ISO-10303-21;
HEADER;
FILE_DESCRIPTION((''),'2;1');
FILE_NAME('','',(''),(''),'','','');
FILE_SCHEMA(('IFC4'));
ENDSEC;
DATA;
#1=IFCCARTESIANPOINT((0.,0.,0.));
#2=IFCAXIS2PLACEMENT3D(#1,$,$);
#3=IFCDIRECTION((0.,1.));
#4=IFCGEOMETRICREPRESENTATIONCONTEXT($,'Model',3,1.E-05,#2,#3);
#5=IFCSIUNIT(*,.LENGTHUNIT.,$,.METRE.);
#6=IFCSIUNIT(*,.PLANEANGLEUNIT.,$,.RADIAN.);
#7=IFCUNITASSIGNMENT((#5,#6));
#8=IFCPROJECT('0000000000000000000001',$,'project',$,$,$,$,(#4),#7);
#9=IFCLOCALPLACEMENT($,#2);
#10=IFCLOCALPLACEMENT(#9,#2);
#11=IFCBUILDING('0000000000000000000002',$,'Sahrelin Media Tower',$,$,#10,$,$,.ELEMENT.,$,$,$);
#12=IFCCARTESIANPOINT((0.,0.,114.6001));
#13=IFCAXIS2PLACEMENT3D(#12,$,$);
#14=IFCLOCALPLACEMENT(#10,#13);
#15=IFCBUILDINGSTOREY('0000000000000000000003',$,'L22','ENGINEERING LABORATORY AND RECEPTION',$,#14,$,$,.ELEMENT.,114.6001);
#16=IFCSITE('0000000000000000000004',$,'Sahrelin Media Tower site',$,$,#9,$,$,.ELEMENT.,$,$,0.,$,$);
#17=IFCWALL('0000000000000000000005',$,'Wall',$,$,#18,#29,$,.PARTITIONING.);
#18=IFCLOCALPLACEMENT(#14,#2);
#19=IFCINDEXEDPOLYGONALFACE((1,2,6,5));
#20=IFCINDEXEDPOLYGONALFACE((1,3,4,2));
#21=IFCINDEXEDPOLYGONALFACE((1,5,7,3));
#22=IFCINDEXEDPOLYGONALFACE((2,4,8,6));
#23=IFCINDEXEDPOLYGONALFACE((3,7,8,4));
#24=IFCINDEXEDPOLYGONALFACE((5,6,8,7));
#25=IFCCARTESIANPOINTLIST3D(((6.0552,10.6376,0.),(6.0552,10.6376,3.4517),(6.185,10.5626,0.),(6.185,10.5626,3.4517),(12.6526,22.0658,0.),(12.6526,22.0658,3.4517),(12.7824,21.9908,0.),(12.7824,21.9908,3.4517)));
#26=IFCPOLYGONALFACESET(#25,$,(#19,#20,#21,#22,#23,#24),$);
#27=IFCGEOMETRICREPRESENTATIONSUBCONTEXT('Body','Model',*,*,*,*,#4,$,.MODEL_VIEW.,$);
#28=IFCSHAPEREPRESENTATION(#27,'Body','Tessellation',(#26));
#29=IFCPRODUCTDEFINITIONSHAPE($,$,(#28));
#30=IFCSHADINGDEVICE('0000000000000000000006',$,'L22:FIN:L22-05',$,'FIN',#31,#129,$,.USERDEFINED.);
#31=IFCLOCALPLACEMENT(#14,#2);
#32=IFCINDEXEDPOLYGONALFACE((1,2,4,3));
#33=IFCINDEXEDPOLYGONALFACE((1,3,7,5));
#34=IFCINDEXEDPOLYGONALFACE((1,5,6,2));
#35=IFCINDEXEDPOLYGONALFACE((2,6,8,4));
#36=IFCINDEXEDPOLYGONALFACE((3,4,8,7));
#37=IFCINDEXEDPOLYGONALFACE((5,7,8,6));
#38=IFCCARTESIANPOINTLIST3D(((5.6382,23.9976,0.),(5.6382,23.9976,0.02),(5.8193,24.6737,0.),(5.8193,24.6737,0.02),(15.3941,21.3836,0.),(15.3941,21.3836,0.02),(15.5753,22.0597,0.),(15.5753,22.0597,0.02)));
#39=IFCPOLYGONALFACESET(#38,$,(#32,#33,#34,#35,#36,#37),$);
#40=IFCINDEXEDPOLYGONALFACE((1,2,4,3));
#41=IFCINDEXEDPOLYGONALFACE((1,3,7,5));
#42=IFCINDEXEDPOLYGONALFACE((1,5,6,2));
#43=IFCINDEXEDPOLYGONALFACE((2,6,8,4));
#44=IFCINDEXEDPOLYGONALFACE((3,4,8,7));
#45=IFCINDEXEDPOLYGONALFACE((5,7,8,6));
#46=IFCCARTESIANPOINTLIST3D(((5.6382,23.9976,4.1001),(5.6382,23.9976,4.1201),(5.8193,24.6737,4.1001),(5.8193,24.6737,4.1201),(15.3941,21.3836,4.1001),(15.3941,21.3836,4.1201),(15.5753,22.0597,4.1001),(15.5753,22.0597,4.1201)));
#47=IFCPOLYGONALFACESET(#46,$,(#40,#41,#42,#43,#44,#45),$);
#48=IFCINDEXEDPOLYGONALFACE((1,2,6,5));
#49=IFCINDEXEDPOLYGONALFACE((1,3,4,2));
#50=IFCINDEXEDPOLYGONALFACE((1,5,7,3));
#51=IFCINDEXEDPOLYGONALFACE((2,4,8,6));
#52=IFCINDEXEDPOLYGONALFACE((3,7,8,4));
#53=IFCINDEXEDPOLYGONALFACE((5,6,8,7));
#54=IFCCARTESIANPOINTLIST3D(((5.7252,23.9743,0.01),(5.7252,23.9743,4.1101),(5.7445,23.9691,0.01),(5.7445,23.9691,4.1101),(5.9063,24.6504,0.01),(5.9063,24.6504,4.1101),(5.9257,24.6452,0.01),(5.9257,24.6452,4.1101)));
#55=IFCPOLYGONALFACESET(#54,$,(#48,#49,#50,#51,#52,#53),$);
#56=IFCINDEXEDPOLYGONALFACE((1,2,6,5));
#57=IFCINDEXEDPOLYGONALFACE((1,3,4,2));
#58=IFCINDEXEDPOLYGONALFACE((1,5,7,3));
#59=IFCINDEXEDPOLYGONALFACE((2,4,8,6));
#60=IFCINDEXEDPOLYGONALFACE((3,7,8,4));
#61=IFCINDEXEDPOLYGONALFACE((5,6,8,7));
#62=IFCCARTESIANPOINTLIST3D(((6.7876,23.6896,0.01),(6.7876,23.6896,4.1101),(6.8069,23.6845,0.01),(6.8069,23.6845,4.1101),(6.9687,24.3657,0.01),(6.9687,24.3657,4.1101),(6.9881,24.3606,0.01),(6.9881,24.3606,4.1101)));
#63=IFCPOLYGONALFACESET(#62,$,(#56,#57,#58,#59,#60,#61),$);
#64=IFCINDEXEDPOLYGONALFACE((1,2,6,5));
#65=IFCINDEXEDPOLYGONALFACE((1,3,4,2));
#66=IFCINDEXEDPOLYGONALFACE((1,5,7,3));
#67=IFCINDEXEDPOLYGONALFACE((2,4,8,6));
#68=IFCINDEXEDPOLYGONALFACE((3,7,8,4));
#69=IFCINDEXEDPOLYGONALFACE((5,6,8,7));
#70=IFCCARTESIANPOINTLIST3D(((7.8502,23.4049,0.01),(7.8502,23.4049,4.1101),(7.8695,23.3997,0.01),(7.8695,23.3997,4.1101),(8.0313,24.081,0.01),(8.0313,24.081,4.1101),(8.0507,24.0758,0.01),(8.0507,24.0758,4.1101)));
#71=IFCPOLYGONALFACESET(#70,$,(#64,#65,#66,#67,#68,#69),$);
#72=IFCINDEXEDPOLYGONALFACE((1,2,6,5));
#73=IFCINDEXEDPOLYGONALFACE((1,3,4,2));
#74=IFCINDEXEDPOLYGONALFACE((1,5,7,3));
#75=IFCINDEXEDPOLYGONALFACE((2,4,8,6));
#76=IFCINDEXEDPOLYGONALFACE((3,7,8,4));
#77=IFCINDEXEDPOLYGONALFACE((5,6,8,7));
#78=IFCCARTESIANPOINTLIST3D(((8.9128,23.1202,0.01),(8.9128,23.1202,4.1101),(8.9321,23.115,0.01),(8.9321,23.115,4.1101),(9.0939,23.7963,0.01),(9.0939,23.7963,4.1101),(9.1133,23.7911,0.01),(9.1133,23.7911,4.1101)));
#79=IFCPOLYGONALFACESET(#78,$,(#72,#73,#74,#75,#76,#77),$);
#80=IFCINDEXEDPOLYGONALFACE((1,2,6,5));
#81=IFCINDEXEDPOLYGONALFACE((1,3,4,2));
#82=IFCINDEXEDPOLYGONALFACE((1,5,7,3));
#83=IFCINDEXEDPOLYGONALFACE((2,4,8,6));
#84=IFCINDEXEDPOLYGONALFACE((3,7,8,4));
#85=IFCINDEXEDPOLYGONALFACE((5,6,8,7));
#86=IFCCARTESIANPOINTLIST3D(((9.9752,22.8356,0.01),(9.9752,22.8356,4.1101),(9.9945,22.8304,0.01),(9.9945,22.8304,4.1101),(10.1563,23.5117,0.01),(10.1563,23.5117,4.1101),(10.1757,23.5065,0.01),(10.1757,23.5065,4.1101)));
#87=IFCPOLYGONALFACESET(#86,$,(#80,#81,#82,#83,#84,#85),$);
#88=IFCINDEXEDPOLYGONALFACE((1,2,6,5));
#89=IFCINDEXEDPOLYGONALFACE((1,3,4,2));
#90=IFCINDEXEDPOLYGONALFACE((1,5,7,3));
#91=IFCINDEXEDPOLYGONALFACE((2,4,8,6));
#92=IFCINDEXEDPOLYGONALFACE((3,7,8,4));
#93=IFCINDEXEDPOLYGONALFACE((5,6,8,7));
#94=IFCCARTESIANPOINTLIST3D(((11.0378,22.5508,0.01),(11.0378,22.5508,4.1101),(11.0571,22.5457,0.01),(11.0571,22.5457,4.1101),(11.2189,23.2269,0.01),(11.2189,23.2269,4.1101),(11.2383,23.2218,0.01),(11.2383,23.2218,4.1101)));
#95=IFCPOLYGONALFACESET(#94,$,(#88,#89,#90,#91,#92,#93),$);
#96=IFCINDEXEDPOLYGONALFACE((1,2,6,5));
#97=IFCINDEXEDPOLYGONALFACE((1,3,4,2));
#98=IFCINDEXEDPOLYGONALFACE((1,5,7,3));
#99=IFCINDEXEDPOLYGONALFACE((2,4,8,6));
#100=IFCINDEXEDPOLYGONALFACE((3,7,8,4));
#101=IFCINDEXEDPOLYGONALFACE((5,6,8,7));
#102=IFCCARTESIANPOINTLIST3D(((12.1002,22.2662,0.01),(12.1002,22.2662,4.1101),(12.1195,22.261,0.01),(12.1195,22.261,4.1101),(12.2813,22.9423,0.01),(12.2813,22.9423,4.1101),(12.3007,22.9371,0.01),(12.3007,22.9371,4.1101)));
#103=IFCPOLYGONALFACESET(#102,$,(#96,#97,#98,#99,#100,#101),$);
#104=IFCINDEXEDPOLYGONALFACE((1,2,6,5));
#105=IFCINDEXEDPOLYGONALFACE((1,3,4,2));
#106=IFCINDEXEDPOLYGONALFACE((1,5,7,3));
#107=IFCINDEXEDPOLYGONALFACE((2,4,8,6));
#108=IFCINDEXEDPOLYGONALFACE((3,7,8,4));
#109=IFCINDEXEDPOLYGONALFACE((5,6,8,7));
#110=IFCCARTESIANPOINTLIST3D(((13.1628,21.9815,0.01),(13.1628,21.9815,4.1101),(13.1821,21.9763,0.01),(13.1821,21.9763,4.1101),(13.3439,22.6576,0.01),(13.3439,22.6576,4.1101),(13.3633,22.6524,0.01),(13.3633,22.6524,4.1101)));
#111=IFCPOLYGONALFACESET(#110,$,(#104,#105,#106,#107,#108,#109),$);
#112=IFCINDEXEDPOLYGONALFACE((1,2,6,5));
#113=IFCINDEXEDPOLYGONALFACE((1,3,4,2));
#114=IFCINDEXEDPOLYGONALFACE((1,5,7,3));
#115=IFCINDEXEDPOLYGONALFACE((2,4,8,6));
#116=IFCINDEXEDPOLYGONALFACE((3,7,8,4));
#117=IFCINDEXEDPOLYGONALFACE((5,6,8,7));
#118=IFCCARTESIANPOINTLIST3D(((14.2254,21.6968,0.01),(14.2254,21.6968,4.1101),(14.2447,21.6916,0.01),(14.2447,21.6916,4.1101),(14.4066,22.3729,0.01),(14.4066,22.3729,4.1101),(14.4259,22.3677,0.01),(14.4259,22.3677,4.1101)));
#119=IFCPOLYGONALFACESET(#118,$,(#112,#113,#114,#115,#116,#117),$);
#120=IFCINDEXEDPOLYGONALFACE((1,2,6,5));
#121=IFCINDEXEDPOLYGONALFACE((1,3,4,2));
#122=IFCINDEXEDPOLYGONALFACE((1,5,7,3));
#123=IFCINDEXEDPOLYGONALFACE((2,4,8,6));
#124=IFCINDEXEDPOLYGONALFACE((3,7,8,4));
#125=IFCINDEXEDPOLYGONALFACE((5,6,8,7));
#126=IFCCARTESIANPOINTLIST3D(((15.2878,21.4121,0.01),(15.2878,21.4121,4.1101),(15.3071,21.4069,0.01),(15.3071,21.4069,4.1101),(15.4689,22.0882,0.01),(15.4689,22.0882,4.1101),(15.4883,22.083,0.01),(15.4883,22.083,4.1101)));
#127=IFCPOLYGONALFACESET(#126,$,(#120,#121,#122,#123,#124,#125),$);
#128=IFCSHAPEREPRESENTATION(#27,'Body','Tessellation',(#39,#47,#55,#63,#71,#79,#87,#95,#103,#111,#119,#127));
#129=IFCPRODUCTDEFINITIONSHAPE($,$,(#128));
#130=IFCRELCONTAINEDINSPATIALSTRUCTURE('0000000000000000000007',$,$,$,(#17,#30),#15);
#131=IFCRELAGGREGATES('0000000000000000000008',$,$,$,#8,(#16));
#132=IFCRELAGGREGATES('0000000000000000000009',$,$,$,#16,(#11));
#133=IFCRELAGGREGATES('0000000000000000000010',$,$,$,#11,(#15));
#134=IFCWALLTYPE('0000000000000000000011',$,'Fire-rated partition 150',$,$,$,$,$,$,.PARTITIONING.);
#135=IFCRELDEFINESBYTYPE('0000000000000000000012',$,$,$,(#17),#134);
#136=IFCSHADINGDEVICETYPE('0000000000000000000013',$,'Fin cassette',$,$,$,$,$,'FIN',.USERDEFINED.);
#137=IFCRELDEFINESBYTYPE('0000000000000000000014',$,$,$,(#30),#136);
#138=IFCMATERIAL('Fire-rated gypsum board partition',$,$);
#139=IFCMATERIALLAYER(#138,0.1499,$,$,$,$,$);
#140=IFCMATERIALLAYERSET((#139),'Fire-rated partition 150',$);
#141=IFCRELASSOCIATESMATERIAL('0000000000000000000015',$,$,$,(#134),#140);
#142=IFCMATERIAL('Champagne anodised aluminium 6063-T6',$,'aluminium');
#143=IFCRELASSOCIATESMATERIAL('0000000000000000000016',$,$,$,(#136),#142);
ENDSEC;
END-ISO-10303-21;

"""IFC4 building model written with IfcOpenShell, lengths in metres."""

from ifc_helpers import new_model, si_unit, direction, frame, frame_2d, origin, origin_2d, place, context, subcontext, project, spatial, rectangle, extrude, material, layer, layer_set, type_object, element, save


model = new_model("IFC4")

# Units and contexts
model_context = context("Model", 3, precision=1e-05, world=origin(), true_north=direction((0.0, 1.0)))
body_context = subcontext(model_context, "Body", "Model", "MODEL_VIEW")
ifc_project = project(units=[si_unit("LENGTHUNIT", "METRE"), si_unit("PLANEANGLEUNIT", "RADIAN")], contexts=[model_context])

# Site, building, storey
site_placement = place(None, origin())
site = spatial("IfcSite", under=ifc_project, at=site_placement, Name="Sahrelin Media Tower site", CompositionType="ELEMENT", RefElevation=0.0)
building_placement = place(site_placement, origin())
building = spatial("IfcBuilding", under=site, at=building_placement, Name="Sahrelin Media Tower", CompositionType="ELEMENT")
storey_placement = place(building_placement, frame((0.0, 0.0, 114.6001)))
storey = spatial("IfcBuildingStorey", under=building, at=storey_placement, Name="L22", Description="ENGINEERING LABORATORY AND RECEPTION", CompositionType="ELEMENT", Elevation=114.6001)

# Shared definitions
ifc_material_1 = material(Name="Champagne anodised aluminium 6063-T6", Category="aluminium")

# Wall
ifc_material_2 = material(Name="Fire-rated gypsum board partition")
ifc_layer_1 = layer(ifc_material_2, 0.1499)
ifc_layer_set_1 = layer_set([ifc_layer_1], Name="Fire-rated partition 150")
wall_type = type_object("IfcWallType", Name="Fire-rated partition 150", PredefinedType="PARTITIONING", material=ifc_layer_set_1)
wall_placement = place(storey_placement, frame((6.1201, 10.6001, 0.0), z_axis=(0.0, 0.0, 1.0), x_axis=(0.499962, 0.866048, 0.0)))
element("IfcWall", 1, at=wall_placement, inside=storey, type_object=wall_type, Name="Wall", PredefinedType="PARTITIONING", context=body_context, shape_type="SweptSolid", body=[
    extrude(rectangle(XDim=13.1958, YDim=0.1499, at=frame_2d((6.5979, 0.0))), origin(), (0.0, 0.0, 1.0), 3.4517),
])

# Shading device
shading_device_type_1 = type_object("IfcShadingDeviceType", Name="Fin cassette", ElementType="FIN", PredefinedType="USERDEFINED", material=ifc_material_1)
placement_1 = place(storey_placement, frame((10.498, 22.623, 0.0), z_axis=(0.0, 0.0, 1.0), x_axis=(0.965929, -0.258808, 0.0)))
element("IfcShadingDevice", 2, at=placement_1, inside=storey, type_object=shading_device_type_1, Name="L22:FIN:L22-05", ObjectType="FIN", PredefinedType="USERDEFINED", context=body_context, shape_type="SweptSolid", body=[
    extrude(rectangle(XDim=10.1001, YDim=0.7, at=origin_2d()), frame((0.0, 0.4199, 0.0)), (0.0, 0.0, 1.0), 0.02),
    extrude(rectangle(XDim=10.1001, YDim=0.7, at=origin_2d()), frame((0.0, 0.4199, 4.1001)), (0.0, 0.0, 1.0), 0.02),
    extrude(rectangle(XDim=0.02, YDim=0.7, at=origin_2d()), frame((-4.95, 0.4199, 0.01), z_axis=(0.0, 0.0, 1.0), x_axis=(1.0, 0.0, 0.0)), (0.0, 0.0, 1.0), 4.1001),
    extrude(rectangle(XDim=0.02, YDim=0.7, at=origin_2d()), frame((-3.8501, 0.4199, 0.01), z_axis=(0.0, 0.0, 1.0), x_axis=(1.0, 0.0, 0.0)), (0.0, 0.0, 1.0), 4.1001),
    extrude(rectangle(XDim=0.02, YDim=0.7, at=origin_2d()), frame((-2.75, 0.4199, 0.01), z_axis=(0.0, 0.0, 1.0), x_axis=(1.0, 0.0, 0.0)), (0.0, 0.0, 1.0), 4.1001),
    extrude(rectangle(XDim=0.02, YDim=0.7, at=origin_2d()), frame((-1.6499, 0.4199, 0.01), z_axis=(0.0, 0.0, 1.0), x_axis=(1.0, 0.0, 0.0)), (0.0, 0.0, 1.0), 4.1001),
    extrude(rectangle(XDim=0.02, YDim=0.7, at=origin_2d()), frame((-0.55, 0.4199, 0.01), z_axis=(0.0, 0.0, 1.0), x_axis=(1.0, 0.0, 0.0)), (0.0, 0.0, 1.0), 4.1001),
    extrude(rectangle(XDim=0.02, YDim=0.7, at=origin_2d()), frame((0.55, 0.4199, 0.01), z_axis=(0.0, 0.0, 1.0), x_axis=(1.0, 0.0, 0.0)), (0.0, 0.0, 1.0), 4.1001),
    extrude(rectangle(XDim=0.02, YDim=0.7, at=origin_2d()), frame((1.6499, 0.4199, 0.01), z_axis=(0.0, 0.0, 1.0), x_axis=(1.0, 0.0, 0.0)), (0.0, 0.0, 1.0), 4.1001),
    extrude(rectangle(XDim=0.02, YDim=0.7, at=origin_2d()), frame((2.75, 0.4199, 0.01), z_axis=(0.0, 0.0, 1.0), x_axis=(1.0, 0.0, 0.0)), (0.0, 0.0, 1.0), 4.1001),
    extrude(rectangle(XDim=0.02, YDim=0.7, at=origin_2d()), frame((3.8501, 0.4199, 0.01), z_axis=(0.0, 0.0, 1.0), x_axis=(1.0, 0.0, 0.0)), (0.0, 0.0, 1.0), 4.1001),
    extrude(rectangle(XDim=0.02, YDim=0.7, at=origin_2d()), frame((4.95, 0.4199, 0.01), z_axis=(0.0, 0.0, 1.0), x_axis=(1.0, 0.0, 0.0)), (0.0, 0.0, 1.0), 4.1001),
])

save(model, "model.ifc")
